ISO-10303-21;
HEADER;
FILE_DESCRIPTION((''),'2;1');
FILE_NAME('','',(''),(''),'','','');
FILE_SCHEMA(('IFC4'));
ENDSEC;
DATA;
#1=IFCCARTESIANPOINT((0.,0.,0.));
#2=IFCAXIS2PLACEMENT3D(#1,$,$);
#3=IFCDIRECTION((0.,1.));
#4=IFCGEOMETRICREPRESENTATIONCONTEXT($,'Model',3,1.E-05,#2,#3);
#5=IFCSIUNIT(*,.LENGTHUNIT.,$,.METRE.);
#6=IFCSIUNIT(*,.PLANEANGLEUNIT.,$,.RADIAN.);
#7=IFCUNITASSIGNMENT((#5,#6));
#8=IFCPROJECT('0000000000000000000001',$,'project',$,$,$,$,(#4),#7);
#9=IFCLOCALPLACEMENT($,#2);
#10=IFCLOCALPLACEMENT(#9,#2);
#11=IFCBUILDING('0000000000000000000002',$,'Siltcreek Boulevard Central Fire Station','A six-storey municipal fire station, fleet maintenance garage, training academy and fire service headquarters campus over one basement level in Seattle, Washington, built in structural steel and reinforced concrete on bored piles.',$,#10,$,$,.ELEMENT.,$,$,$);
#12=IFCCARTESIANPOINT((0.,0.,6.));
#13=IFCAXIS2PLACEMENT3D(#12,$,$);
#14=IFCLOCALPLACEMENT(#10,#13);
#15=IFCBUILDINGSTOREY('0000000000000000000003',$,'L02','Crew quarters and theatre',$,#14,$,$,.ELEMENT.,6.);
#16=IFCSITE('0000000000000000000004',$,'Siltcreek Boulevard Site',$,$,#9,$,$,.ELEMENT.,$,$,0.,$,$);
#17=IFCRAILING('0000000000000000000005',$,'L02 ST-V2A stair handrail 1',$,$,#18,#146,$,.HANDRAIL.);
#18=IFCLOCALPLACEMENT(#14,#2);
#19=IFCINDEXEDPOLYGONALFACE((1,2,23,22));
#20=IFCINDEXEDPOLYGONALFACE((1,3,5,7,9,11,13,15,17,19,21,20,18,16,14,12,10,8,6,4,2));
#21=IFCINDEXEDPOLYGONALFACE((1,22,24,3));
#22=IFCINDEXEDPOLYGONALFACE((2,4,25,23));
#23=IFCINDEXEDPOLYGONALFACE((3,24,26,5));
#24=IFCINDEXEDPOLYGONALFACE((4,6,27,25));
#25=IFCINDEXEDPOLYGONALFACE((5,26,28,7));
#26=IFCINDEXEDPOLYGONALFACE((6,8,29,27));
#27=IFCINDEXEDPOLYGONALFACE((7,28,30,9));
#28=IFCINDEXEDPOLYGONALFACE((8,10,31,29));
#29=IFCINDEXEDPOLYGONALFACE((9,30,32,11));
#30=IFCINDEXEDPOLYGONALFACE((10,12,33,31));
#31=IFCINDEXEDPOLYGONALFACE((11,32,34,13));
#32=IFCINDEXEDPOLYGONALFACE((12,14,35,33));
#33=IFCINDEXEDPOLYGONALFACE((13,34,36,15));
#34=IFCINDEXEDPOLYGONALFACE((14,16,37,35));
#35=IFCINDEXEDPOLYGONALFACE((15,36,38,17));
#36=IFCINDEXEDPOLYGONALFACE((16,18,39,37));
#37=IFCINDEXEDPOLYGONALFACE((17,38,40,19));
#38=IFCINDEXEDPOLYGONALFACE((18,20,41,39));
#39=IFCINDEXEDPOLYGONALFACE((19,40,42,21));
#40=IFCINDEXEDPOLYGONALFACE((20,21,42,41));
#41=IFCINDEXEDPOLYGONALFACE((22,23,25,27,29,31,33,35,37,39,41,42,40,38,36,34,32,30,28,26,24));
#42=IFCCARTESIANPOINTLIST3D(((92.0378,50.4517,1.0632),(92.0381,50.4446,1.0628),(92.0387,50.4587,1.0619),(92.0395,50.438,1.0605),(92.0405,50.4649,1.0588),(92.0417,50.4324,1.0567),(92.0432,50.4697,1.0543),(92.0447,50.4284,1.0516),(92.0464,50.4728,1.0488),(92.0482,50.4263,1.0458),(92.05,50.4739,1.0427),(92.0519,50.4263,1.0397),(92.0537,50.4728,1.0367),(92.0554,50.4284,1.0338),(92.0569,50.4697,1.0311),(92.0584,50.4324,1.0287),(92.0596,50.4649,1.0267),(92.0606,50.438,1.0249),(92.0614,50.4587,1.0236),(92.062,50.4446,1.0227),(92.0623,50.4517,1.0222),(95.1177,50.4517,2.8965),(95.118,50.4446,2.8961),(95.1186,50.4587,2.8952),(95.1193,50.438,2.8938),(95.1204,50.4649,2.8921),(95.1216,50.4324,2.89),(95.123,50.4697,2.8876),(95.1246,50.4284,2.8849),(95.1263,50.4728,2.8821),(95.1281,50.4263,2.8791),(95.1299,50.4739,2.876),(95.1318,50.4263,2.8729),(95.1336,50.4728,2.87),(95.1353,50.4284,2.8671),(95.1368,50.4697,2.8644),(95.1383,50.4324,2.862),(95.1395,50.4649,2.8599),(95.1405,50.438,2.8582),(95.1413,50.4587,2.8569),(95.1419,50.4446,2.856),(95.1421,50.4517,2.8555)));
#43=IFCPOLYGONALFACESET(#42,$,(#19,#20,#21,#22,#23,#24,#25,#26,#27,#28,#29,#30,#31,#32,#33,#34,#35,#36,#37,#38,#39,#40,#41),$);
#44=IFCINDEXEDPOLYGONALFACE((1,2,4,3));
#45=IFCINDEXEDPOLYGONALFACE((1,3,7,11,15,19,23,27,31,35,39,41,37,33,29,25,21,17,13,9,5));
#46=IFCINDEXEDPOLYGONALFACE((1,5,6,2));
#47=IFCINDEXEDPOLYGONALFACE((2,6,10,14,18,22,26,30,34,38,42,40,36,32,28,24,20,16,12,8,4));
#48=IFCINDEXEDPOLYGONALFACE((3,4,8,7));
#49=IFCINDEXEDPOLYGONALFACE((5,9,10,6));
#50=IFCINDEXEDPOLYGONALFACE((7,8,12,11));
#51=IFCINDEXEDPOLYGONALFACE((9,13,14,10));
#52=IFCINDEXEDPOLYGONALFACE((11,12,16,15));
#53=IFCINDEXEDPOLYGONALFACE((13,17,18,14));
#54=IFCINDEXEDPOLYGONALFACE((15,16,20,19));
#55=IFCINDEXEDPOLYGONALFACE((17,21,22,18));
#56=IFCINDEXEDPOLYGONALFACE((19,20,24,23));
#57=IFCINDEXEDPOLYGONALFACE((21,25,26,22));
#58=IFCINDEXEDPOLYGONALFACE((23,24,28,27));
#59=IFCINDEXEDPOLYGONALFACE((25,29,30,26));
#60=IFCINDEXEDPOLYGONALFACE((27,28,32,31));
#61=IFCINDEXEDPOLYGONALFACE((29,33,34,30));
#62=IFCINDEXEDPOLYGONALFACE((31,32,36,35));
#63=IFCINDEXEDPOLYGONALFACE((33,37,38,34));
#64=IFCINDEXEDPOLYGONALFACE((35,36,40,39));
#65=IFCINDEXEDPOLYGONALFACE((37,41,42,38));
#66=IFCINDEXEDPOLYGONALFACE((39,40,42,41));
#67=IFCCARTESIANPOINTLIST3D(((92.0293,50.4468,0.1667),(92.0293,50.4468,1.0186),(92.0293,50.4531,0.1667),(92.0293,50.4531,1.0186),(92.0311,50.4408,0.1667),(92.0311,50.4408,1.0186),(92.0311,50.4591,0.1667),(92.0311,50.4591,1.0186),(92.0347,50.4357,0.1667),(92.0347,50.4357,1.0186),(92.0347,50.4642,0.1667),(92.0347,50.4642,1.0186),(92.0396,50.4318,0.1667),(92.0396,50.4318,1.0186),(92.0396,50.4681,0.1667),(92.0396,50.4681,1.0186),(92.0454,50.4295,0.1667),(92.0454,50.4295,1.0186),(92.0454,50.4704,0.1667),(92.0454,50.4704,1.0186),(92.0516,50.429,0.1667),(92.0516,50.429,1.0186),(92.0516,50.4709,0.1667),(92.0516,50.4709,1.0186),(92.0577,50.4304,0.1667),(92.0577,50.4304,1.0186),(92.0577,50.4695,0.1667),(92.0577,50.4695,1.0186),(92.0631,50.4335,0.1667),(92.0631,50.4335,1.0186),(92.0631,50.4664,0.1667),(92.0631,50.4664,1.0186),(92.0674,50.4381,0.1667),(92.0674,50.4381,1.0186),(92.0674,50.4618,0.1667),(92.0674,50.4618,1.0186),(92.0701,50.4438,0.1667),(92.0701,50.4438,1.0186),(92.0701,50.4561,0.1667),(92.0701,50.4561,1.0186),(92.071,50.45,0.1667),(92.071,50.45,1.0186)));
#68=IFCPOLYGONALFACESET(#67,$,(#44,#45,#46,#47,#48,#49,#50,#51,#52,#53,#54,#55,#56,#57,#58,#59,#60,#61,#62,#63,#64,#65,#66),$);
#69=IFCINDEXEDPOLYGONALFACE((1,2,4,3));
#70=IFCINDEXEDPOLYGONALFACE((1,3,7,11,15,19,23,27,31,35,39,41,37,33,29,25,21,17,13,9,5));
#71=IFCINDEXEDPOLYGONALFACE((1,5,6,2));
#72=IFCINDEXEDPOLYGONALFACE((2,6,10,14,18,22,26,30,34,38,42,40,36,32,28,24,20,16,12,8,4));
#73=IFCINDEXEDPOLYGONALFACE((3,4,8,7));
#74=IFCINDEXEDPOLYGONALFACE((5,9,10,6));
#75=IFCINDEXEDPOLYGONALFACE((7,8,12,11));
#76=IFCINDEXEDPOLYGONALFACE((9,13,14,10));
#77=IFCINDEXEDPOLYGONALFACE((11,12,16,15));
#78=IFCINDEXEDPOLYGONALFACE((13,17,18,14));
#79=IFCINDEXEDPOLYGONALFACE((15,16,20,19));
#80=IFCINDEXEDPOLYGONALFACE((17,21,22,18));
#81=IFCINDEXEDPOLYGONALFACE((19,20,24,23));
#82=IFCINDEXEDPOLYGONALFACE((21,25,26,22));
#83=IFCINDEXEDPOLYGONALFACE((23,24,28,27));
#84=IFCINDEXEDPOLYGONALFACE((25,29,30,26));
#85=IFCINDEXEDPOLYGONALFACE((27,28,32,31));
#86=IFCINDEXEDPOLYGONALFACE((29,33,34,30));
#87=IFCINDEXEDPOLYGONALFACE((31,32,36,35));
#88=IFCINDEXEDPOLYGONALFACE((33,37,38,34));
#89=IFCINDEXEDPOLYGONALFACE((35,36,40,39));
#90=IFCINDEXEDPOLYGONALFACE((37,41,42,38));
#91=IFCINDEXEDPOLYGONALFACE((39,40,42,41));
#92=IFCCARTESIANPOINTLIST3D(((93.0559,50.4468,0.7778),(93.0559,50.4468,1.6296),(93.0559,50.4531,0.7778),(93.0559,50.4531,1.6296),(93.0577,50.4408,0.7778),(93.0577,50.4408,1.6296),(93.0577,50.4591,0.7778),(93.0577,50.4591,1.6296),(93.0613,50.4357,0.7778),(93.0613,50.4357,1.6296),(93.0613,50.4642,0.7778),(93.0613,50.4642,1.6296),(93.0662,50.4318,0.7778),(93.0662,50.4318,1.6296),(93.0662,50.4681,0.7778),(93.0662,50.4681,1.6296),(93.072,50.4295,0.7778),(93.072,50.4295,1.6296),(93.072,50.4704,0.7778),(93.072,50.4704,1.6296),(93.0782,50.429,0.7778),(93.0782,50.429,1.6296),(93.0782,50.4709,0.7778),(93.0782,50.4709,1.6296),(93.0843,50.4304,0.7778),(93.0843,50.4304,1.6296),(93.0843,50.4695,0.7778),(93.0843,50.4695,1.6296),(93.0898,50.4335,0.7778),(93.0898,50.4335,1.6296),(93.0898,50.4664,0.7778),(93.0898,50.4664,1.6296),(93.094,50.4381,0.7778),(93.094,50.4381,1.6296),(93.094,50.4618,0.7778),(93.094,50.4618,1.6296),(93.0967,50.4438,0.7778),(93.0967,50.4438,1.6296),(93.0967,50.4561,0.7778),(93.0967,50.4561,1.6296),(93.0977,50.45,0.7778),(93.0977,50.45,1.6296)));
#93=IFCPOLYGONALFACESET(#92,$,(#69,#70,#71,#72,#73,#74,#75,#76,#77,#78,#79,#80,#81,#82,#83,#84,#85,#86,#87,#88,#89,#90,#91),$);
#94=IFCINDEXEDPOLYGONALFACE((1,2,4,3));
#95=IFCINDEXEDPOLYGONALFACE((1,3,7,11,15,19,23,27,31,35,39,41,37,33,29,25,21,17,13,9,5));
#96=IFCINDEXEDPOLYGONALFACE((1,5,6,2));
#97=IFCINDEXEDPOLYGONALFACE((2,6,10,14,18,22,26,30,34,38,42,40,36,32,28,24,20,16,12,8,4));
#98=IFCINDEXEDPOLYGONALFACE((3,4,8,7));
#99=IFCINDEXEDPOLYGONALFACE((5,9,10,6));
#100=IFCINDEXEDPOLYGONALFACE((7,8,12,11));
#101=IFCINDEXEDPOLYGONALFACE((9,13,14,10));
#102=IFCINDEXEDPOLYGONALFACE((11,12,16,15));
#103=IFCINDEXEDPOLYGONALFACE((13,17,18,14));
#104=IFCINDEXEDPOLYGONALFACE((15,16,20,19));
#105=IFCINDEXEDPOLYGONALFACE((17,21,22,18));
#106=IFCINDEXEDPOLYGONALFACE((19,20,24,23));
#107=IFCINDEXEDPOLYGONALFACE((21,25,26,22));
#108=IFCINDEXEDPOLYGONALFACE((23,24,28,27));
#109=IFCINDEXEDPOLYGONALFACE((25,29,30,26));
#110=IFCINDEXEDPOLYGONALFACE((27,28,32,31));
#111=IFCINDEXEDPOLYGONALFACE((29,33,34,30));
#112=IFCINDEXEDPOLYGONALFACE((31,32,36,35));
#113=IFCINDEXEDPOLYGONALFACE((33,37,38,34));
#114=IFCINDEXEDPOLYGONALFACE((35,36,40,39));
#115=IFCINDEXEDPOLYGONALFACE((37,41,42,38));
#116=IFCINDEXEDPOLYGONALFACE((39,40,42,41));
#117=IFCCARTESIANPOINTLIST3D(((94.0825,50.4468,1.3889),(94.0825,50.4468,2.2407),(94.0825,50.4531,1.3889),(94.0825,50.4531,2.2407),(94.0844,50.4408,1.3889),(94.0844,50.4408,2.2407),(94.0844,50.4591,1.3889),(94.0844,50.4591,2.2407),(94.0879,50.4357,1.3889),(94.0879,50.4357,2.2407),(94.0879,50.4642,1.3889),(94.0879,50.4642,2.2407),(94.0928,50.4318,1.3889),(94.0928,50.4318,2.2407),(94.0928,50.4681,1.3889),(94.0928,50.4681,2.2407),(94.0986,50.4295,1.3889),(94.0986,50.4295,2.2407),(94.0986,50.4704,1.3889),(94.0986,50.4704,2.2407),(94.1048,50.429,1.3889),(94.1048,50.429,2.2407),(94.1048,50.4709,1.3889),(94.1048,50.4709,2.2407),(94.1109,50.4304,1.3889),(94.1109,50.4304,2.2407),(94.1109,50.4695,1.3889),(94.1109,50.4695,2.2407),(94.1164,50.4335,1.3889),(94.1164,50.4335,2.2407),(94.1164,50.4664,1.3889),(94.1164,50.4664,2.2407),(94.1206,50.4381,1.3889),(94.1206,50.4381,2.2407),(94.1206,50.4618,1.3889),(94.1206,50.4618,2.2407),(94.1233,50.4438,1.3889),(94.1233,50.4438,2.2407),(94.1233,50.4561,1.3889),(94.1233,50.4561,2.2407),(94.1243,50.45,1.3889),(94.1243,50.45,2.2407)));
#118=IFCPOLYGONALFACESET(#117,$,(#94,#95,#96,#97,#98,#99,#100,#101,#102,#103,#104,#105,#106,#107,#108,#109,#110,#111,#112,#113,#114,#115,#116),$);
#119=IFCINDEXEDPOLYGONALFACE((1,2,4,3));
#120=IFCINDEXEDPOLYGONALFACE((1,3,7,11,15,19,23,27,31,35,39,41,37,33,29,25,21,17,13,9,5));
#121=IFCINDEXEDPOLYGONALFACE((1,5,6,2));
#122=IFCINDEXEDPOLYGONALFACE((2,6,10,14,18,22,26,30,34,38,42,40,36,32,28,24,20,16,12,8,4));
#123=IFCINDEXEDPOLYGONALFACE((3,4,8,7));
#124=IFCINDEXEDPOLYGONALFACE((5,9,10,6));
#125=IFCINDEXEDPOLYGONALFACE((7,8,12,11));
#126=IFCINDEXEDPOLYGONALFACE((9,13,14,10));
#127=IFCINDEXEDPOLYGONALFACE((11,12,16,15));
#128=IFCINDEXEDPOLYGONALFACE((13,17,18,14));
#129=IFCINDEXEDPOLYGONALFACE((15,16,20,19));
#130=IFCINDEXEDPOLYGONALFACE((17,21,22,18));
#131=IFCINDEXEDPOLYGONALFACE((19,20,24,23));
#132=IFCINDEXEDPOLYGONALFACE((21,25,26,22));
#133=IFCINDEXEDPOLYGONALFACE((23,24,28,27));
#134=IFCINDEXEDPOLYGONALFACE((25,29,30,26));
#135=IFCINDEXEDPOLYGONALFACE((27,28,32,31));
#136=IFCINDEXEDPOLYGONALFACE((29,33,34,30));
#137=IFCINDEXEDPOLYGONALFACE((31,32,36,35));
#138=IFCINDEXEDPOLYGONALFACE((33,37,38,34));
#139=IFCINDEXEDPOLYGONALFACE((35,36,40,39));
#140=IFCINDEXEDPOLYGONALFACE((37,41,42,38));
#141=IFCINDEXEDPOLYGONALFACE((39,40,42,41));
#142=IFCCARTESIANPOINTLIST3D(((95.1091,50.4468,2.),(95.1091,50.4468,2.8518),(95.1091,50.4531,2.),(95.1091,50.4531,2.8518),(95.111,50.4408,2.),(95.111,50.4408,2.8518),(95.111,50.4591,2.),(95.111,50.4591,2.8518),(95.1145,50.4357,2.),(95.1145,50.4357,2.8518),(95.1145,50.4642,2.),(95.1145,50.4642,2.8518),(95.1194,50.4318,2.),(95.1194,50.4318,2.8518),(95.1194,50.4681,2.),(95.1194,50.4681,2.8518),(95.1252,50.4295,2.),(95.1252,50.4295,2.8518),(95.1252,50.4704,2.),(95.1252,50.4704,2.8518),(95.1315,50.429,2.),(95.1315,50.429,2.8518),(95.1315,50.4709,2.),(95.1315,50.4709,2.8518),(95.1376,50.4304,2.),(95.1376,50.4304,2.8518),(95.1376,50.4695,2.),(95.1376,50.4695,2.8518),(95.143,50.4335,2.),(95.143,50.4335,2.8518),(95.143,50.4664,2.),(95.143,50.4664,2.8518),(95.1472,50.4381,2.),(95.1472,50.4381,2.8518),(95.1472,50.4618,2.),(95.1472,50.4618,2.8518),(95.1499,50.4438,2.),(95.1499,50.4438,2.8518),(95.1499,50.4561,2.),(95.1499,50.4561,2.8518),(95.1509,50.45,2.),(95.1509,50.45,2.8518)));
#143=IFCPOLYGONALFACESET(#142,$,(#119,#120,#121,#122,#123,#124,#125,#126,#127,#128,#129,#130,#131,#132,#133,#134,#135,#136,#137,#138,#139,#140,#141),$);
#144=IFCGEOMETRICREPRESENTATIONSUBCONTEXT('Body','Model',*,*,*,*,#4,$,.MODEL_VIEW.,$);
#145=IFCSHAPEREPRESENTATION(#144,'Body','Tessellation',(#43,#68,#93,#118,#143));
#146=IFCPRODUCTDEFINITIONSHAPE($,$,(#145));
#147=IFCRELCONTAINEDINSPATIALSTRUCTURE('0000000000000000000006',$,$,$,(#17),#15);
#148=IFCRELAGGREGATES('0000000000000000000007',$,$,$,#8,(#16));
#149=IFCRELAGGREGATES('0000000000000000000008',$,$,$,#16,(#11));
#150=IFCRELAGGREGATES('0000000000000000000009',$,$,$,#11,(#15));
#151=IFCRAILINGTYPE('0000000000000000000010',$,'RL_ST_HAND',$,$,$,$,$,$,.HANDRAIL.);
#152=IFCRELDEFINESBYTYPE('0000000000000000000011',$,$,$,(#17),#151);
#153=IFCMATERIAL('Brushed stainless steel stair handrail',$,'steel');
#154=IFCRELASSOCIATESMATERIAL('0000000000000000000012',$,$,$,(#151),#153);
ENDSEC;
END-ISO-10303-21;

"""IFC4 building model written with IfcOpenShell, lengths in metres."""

from ifc_helpers import new_model, si_unit, direction, frame, origin, origin_2d, place, context, subcontext, project, spatial, circle, extrude, material, type_object, element, save


model = new_model("IFC4")

# Units and contexts
model_context = context("Model", 3, precision=1e-05, world=origin(), true_north=direction((0.0, 1.0)))
body_context = subcontext(model_context, "Body", "Model", "MODEL_VIEW")
ifc_project = project(units=[si_unit("LENGTHUNIT", "METRE"), si_unit("PLANEANGLEUNIT", "RADIAN")], contexts=[model_context])

# Site, building, storey
site_placement = place(None, origin())
site = spatial("IfcSite", under=ifc_project, at=site_placement, Name="Siltcreek Boulevard Site", CompositionType="ELEMENT", RefElevation=0.0)
building_placement = place(site_placement, origin())
building = spatial("IfcBuilding", under=site, at=building_placement, Name="Siltcreek Boulevard Central Fire Station", Description="A six-storey municipal fire station, fleet maintenance garage, training academy and fire service headquarters campus over one basement level in Seattle, Washington, built in structural steel and reinforced concrete on bored piles.", CompositionType="ELEMENT")
storey_placement = place(building_placement, frame((0.0, 0.0, 6.0)))
storey = spatial("IfcBuildingStorey", under=building, at=storey_placement, Name="L02", Description="Crew quarters and theatre", CompositionType="ELEMENT", Elevation=6.0)

# Railing
ifc_material_1 = material(Name="Brushed stainless steel stair handrail", Category="steel")
railing_type_1 = type_object("IfcRailingType", Name="RL_ST_HAND", PredefinedType="HANDRAIL", material=ifc_material_1)
railing_1_placement = place(storey_placement, frame((92.05, 50.45, 0.1667)))
element("IfcRailing", 1, at=railing_1_placement, inside=storey, type_object=railing_type_1, Name="L02 ST-V2A stair handrail 1", PredefinedType="HANDRAIL", context=body_context, shape_type="SweptSolid", body=[
    extrude(circle(Radius=0.0239, at=origin_2d()), frame((0.0, 0.0, 0.876), z_axis=(0.859291, 0.0, 0.511487), x_axis=(0.0, 1.0, 0.0)), (0.0, 0.0, 1.0), 3.5842),
    extrude(circle(Radius=0.021, at=origin_2d()), origin(), (0.0, 0.0, 1.0), 0.8518),
    extrude(circle(Radius=0.021, at=origin_2d()), frame((1.0266, 0.0, 0.6111)), (0.0, 0.0, 1.0), 0.8518),
    extrude(circle(Radius=0.021, at=origin_2d()), frame((2.0532, 0.0, 1.2222)), (0.0, 0.0, 1.0), 0.8518),
    extrude(circle(Radius=0.021, at=origin_2d()), frame((3.0798, 0.0, 1.8333)), (0.0, 0.0, 1.0), 0.8518),
])

save(model, "model.ifc")
